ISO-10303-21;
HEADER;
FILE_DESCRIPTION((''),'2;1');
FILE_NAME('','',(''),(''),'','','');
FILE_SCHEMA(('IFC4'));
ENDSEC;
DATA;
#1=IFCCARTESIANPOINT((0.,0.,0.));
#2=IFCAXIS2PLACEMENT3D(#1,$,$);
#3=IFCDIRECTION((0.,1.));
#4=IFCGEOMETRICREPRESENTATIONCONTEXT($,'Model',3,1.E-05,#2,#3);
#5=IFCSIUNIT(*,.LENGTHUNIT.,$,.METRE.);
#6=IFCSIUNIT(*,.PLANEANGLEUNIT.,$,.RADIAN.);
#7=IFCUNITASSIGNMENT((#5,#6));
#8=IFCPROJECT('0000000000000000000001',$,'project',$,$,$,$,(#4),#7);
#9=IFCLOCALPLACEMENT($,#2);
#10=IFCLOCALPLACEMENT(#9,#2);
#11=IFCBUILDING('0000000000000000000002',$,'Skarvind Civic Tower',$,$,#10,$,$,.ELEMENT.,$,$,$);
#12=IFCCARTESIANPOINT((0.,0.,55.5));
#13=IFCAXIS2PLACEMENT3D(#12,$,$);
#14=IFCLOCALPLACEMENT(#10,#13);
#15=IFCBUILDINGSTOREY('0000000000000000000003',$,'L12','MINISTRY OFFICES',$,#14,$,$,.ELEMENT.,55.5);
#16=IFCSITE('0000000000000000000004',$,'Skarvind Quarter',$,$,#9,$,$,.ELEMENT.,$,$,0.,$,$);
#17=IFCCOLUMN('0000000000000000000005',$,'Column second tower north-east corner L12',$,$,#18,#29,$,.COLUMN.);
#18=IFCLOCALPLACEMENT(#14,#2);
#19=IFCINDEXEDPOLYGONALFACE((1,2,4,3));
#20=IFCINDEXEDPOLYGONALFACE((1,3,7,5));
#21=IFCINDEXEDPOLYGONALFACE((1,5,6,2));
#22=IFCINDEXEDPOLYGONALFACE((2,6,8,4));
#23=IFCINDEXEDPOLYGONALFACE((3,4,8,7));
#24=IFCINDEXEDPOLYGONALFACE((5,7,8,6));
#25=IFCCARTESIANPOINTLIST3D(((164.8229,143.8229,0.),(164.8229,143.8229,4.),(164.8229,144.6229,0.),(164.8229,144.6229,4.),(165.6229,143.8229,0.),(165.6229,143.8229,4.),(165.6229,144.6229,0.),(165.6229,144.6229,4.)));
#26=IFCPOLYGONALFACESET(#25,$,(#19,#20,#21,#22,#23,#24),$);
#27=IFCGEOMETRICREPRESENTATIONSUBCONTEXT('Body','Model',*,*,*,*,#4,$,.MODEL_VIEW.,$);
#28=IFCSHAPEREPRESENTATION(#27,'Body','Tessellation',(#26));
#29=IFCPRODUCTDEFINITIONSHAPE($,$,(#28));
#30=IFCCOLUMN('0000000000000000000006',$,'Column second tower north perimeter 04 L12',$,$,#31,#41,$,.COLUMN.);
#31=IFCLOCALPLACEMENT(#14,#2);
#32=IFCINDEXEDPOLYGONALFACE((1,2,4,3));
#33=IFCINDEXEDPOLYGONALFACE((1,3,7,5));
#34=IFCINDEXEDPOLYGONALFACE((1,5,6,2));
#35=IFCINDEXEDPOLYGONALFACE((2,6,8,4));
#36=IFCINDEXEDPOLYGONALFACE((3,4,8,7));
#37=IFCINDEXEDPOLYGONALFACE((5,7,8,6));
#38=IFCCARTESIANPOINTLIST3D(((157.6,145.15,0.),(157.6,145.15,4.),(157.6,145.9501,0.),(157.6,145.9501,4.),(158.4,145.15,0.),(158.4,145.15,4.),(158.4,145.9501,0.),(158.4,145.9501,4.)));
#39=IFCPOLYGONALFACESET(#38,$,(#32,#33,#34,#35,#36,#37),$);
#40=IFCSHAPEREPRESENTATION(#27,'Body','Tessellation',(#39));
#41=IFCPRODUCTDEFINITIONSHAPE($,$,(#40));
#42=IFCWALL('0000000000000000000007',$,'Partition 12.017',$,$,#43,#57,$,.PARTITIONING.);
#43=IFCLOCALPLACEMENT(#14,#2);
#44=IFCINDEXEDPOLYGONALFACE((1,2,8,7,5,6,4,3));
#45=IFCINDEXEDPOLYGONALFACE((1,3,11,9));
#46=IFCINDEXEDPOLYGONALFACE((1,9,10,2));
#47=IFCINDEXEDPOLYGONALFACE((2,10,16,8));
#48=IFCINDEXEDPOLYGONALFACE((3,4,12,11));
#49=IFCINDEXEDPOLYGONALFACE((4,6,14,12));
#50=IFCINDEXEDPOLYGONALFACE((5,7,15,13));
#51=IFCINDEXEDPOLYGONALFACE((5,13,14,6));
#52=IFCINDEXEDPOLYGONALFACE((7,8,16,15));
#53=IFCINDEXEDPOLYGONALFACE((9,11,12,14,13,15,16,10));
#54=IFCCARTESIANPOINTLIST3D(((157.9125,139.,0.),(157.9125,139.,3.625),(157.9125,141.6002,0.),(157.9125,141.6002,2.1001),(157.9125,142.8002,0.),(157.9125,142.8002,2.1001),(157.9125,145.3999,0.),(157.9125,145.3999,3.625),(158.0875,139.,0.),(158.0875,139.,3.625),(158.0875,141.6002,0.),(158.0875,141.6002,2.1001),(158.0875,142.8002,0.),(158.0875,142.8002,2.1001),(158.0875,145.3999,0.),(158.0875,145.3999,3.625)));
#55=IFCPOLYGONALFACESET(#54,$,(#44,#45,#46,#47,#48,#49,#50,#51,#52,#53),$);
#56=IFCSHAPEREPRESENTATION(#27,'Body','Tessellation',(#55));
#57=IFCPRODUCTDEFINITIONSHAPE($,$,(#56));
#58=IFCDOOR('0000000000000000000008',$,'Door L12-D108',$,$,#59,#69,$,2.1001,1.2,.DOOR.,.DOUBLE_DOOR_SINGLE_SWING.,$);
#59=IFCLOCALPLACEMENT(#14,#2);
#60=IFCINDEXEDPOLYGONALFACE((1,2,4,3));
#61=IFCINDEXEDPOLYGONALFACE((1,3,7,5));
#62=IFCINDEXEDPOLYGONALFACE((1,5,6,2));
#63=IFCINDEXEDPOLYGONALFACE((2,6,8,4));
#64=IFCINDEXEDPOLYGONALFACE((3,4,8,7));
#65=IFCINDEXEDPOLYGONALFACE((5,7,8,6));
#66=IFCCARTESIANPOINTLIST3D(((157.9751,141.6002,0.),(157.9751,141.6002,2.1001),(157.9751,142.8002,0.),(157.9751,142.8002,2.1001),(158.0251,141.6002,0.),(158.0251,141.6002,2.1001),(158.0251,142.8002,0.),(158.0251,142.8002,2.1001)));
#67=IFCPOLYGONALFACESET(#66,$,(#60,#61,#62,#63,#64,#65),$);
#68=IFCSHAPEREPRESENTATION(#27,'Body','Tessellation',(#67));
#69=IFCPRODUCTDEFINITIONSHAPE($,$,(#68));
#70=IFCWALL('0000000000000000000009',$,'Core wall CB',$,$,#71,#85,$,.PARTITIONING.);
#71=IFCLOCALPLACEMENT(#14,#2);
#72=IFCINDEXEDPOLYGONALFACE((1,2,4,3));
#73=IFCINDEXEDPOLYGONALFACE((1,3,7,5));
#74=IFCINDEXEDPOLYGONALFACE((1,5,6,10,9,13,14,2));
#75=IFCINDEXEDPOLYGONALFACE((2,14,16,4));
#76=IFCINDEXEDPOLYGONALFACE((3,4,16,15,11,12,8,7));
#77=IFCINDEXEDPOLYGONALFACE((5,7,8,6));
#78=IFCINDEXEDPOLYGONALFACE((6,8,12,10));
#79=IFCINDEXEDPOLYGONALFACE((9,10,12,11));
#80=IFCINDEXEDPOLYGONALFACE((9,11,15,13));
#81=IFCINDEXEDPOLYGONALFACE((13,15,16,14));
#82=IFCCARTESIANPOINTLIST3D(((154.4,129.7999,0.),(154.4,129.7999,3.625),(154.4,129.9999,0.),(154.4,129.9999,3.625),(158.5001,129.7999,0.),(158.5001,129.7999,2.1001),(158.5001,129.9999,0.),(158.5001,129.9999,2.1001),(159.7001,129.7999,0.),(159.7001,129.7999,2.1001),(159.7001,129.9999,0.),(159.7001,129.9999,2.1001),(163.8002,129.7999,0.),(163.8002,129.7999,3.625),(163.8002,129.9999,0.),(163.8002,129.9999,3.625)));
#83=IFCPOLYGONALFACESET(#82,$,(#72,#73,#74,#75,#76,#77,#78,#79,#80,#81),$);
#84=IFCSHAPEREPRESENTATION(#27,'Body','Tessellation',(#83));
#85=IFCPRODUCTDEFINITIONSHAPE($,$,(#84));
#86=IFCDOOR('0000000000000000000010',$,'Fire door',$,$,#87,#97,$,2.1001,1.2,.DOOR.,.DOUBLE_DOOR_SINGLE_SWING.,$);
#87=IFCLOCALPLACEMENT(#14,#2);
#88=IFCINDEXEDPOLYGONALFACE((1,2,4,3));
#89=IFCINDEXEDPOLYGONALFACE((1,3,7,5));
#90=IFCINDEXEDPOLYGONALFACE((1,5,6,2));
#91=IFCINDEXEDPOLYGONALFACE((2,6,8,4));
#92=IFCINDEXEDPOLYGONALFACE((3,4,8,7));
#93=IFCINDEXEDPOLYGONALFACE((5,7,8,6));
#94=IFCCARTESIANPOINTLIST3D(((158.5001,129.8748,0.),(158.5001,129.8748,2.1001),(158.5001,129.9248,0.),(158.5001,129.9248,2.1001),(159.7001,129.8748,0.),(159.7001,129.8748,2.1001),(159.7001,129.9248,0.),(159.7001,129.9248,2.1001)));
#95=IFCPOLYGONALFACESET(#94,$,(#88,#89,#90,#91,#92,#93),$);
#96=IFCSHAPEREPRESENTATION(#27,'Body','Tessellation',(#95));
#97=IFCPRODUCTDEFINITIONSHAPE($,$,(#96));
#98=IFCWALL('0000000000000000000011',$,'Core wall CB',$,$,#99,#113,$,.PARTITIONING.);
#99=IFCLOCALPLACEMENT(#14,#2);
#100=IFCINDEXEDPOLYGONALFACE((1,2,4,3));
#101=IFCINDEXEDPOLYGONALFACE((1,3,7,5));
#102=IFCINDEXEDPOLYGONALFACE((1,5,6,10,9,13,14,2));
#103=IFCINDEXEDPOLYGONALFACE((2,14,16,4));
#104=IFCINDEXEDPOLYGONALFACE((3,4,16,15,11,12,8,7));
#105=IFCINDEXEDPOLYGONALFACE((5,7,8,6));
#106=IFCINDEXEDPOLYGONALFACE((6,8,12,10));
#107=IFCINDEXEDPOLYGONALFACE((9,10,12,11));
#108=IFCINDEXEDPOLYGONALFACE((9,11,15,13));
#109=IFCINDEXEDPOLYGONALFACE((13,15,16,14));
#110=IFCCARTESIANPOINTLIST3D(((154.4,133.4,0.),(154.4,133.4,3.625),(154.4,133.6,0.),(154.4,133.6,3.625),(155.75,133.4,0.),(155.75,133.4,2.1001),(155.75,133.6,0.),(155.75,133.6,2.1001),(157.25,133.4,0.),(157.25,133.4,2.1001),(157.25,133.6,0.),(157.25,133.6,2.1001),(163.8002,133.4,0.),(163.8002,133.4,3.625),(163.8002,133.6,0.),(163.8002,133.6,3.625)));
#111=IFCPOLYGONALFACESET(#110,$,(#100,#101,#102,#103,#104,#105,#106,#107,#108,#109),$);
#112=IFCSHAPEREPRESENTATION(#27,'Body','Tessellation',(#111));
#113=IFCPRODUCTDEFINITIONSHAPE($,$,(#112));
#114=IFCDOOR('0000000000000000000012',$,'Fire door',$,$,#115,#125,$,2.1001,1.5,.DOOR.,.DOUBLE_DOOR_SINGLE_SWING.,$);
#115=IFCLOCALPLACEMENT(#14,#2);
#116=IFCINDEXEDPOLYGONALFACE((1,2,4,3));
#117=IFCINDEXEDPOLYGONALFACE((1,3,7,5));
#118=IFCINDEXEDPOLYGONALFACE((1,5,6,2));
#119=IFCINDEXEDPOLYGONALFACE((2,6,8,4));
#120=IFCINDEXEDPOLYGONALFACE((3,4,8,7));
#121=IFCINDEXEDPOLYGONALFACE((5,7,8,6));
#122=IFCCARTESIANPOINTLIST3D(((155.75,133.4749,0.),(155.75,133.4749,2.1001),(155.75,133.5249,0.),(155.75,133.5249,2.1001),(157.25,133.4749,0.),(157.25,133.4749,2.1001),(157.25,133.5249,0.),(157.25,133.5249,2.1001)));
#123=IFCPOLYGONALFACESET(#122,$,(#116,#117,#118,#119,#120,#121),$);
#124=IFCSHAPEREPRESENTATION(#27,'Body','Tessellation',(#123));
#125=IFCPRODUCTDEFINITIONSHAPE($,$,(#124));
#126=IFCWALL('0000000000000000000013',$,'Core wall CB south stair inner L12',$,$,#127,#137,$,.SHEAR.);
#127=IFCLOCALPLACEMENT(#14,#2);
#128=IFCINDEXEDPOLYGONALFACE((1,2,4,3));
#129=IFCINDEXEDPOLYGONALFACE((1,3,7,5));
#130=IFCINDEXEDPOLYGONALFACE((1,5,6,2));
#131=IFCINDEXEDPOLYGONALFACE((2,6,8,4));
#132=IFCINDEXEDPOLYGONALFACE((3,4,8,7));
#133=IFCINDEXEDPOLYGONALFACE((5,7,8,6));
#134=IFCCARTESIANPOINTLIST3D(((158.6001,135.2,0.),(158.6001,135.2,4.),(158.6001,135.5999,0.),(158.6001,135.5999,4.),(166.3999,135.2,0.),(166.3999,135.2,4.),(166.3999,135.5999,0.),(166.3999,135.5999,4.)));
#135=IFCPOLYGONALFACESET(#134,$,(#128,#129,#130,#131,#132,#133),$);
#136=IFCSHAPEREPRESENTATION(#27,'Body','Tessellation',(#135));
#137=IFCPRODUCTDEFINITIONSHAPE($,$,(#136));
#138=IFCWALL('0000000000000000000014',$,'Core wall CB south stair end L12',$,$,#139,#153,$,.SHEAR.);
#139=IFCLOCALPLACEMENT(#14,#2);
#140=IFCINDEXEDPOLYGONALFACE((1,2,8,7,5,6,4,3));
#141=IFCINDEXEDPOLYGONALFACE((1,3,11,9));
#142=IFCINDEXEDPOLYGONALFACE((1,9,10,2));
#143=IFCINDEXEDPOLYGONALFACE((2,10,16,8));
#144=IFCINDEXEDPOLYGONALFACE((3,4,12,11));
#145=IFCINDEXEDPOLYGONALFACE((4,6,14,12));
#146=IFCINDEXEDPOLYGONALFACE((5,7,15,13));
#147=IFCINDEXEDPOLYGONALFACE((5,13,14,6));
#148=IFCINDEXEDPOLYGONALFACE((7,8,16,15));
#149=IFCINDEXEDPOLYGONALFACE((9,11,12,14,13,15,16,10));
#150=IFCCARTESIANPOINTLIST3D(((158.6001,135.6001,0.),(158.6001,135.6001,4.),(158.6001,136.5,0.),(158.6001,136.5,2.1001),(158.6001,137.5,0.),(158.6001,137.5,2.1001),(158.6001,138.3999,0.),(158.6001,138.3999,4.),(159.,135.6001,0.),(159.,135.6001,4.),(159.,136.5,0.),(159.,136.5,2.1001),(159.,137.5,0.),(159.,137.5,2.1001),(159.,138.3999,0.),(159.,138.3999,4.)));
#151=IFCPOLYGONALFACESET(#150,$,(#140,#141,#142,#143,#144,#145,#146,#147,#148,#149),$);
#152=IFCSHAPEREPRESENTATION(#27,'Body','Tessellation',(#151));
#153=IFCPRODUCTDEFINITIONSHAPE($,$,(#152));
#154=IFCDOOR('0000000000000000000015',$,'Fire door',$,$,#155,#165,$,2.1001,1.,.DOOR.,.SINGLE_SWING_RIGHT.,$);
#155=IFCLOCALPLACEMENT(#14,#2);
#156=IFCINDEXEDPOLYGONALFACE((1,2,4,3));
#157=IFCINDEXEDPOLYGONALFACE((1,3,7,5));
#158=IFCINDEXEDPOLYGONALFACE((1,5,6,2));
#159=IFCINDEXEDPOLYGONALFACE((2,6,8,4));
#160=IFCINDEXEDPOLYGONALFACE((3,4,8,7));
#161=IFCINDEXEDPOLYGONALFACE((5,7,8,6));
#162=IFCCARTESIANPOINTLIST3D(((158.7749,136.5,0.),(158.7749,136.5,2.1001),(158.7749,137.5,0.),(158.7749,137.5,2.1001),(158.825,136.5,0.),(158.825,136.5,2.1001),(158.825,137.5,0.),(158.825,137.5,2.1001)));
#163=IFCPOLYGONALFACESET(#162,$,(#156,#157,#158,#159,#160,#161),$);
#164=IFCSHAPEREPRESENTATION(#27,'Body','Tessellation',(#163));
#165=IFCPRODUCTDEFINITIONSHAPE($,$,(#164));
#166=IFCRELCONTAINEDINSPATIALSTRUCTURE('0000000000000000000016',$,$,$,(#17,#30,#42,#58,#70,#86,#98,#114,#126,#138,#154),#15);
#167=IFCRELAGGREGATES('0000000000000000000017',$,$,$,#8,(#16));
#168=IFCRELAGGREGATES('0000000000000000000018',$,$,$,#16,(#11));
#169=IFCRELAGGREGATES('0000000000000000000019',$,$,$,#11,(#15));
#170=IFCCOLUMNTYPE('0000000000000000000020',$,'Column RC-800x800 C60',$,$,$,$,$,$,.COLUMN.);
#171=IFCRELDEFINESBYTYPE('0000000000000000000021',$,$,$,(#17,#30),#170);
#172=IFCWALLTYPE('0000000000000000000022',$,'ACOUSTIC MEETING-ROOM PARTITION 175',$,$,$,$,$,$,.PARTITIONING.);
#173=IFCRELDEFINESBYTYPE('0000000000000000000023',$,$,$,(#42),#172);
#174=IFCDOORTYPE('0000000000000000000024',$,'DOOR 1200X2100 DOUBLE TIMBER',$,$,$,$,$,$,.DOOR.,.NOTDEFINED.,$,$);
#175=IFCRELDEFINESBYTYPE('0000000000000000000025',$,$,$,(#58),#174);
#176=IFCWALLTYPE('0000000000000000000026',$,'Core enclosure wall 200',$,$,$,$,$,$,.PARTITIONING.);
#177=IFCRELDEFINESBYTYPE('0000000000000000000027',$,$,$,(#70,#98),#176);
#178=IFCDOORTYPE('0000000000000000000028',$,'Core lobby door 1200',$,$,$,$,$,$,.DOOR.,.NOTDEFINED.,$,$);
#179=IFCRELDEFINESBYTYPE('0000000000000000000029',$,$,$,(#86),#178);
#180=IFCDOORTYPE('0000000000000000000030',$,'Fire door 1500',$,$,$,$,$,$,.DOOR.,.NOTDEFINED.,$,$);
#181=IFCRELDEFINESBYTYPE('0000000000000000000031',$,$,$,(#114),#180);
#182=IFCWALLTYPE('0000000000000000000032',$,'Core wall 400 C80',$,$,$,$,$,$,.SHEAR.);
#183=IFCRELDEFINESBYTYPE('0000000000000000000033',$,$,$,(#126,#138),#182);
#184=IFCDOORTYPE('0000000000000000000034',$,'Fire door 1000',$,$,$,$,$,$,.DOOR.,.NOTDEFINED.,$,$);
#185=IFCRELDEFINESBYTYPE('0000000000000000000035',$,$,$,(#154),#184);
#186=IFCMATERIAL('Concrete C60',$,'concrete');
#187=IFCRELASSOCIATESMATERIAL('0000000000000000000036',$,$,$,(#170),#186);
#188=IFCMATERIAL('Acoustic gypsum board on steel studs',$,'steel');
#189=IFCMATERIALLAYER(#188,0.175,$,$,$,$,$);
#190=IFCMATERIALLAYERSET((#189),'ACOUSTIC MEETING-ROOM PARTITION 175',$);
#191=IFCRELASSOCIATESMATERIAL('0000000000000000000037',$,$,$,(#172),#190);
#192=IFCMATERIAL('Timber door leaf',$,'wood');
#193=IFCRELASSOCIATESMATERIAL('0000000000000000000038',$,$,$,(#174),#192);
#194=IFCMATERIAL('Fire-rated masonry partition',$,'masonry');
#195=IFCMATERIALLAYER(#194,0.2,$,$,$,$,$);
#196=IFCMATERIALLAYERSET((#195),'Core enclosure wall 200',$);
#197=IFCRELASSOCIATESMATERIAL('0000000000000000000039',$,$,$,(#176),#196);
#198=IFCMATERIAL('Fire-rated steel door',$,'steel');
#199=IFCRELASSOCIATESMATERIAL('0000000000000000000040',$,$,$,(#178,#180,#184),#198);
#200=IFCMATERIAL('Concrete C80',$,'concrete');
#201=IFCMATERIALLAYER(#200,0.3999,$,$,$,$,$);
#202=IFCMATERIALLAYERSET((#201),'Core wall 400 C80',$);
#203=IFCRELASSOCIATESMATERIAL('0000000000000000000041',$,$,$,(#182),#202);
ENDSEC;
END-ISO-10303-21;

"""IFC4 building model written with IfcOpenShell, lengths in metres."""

from ifc_helpers import new_model, si_unit, direction, frame, frame_2d, origin, origin_2d, place, context, subcontext, project, spatial, rectangle, extrude, material, layer, layer_set, material_profile, profile_set, type_object, element, fill, save


model = new_model("IFC4")

# Units and contexts
model_context = context("Model", 3, precision=1e-05, world=origin(), true_north=direction((0.0, 1.0)))
body_context = subcontext(model_context, "Body", "Model", "MODEL_VIEW")
ifc_project = project(units=[si_unit("LENGTHUNIT", "METRE"), si_unit("PLANEANGLEUNIT", "RADIAN")], contexts=[model_context])

# Site, building, storey
site_placement = place(None, origin())
site = spatial("IfcSite", under=ifc_project, at=site_placement, Name="Skarvind Quarter", CompositionType="ELEMENT", RefElevation=0.0)
building_placement = place(site_placement, origin())
building = spatial("IfcBuilding", under=site, at=building_placement, Name="Skarvind Civic Tower", CompositionType="ELEMENT")
storey_placement = place(building_placement, frame((0.0, 0.0, 55.5)))
storey = spatial("IfcBuildingStorey", under=building, at=storey_placement, Name="L12", Description="MINISTRY OFFICES", CompositionType="ELEMENT", Elevation=55.5)

# Columns
ifc_material_1 = material(Name="Concrete C60", Category="concrete")
ifc_material_profile = material_profile(ifc_material_1, rectangle(XDim=0.8, YDim=0.8, at=origin_2d()), Name="RC-800x800")
ifc_profile_set = profile_set([ifc_material_profile], Name="Concrete C60")
column_type = type_object("IfcColumnType", Name="Column RC-800x800 C60", PredefinedType="COLUMN", material=ifc_profile_set)
for number, where, z_axis, x_axis, name in (
    (1, (165.2229, 144.2229, 0.0), (0.0, 0.0, 1.0), (1.0, 0.0, 0.0), "Column second tower north-east corner L12"),
    (2, (158.0, 145.55, 0.0), (0.0, 0.0, 1.0), (1.0, 0.0, 0.0), "Column second tower north perimeter 04 L12"),
):
    element("IfcColumn", number, at=place(storey_placement, frame(where, z_axis=z_axis, x_axis=x_axis)), inside=storey, type_object=column_type, Name=name, PredefinedType="COLUMN", context=body_context, shape_type="SweptSolid", body=[
        extrude(rectangle(XDim=0.8, YDim=0.8, at=origin_2d()), origin(), (0.0, 0.0, 1.0), 4.0),
    ])

# Walls, openings, doors
ifc_material_2 = material(Name="Acoustic gypsum board on steel studs", Category="steel")
ifc_layer_1 = layer(ifc_material_2, 0.175)
ifc_layer_set_1 = layer_set([ifc_layer_1], Name="ACOUSTIC MEETING-ROOM PARTITION 175")
wall_type_1 = type_object("IfcWallType", Name="ACOUSTIC MEETING-ROOM PARTITION 175", PredefinedType="PARTITIONING", material=ifc_layer_set_1)
wall_1_placement = place(storey_placement, frame((158.0, 139.0, 0.0), z_axis=(0.0, 0.0, 1.0), x_axis=(0.0, 1.0, 0.0)))
wall_1 = element("IfcWall", 3, at=wall_1_placement, inside=storey, type_object=wall_type_1, Name="Partition 12.017", PredefinedType="PARTITIONING", context=body_context, shape_type="SweptSolid", body=[
    extrude(rectangle(XDim=6.3999, YDim=0.175, at=frame_2d((3.2, 0.0))), origin(), (0.0, 0.0, 1.0), 3.625),
])
opening_1_placement = place(wall_1_placement, frame((2.6001, 0.0, 0.0)))
opening_1 = element("IfcOpeningElement", 4, at=opening_1_placement, cuts=wall_1, PredefinedType="OPENING", context=body_context, shape_type="SweptSolid", body=[
    extrude(rectangle(XDim=1.2, YDim=2.1001, at=frame_2d((0.6001, 1.05))), frame((0.0, 0.0974, 0.0), z_axis=(0.0, -1.0, 0.0), x_axis=(1.0, 0.0, 0.0)), (0.0, 0.0, 1.0), 0.1951),
])
ifc_material_3 = material(Name="Timber door leaf", Category="wood")
door_type_1 = type_object("IfcDoorType", Name="DOOR 1200X2100 DOUBLE TIMBER", OperationType="NOTDEFINED", PredefinedType="DOOR", material=ifc_material_3)
door_1_placement = place(opening_1_placement, origin())
door_1 = element("IfcDoor", 5, at=door_1_placement, inside=storey, type_object=door_type_1, Name="Door L12-D108", OperationType="DOUBLE_DOOR_SINGLE_SWING", OverallHeight=2.1001, OverallWidth=1.2, PredefinedType="DOOR", context=body_context, shape_type="SweptSolid", body=[
    extrude(rectangle(XDim=1.2, YDim=2.1001, at=frame_2d((0.6001, 1.05))), frame((0.0, 0.0249, 0.0), z_axis=(0.0, -1.0, 0.0), x_axis=(1.0, 0.0, 0.0)), (0.0, 0.0, 1.0), 0.05),
])
fill(opening_1, door_1)
ifc_material_4 = material(Name="Fire-rated masonry partition", Category="masonry")
ifc_layer_2 = layer(ifc_material_4, 0.2)
ifc_layer_set_2 = layer_set([ifc_layer_2], Name="Core enclosure wall 200")
wall_type_2 = type_object("IfcWallType", Name="Core enclosure wall 200", PredefinedType="PARTITIONING", material=ifc_layer_set_2)
wall_2_placement = place(storey_placement, frame((154.3999, 129.8999, 0.0), z_axis=(0.0, 0.0, 1.0), x_axis=(1.0, 0.0, 0.0)))
wall_2 = element("IfcWall", 6, at=wall_2_placement, inside=storey, type_object=wall_type_2, Name="Core wall CB", PredefinedType="PARTITIONING", context=body_context, shape_type="SweptSolid", body=[
    extrude(rectangle(XDim=9.4001, YDim=0.2, at=frame_2d((4.7002, 0.0))), origin(), (0.0, 0.0, 1.0), 3.625),
])
opening_2_placement = place(wall_2_placement, frame((4.1001, 0.0, 0.0)))
opening_2 = element("IfcOpeningElement", 7, at=opening_2_placement, cuts=wall_2, PredefinedType="OPENING", context=body_context, shape_type="SweptSolid", body=[
    extrude(rectangle(XDim=1.2, YDim=2.1001, at=frame_2d((0.6001, 1.05))), frame((0.0, 0.1099, 0.0), z_axis=(0.0, -1.0, 0.0), x_axis=(1.0, 0.0, 0.0)), (0.0, 0.0, 1.0), 0.22),
])
ifc_material_5 = material(Name="Fire-rated steel door", Category="steel")
door_type_2 = type_object("IfcDoorType", Name="Core lobby door 1200", OperationType="NOTDEFINED", PredefinedType="DOOR", material=ifc_material_5)
door_2_placement = place(opening_2_placement, origin())
door_2 = element("IfcDoor", 8, at=door_2_placement, inside=storey, type_object=door_type_2, Name="Fire door", OperationType="DOUBLE_DOOR_SINGLE_SWING", OverallHeight=2.1001, OverallWidth=1.2, PredefinedType="DOOR", context=body_context, shape_type="SweptSolid", body=[
    extrude(rectangle(XDim=1.2, YDim=2.1001, at=frame_2d((0.6001, 1.05))), frame((0.0, 0.0249, 0.0), z_axis=(0.0, -1.0, 0.0), x_axis=(1.0, 0.0, 0.0)), (0.0, 0.0, 1.0), 0.05),
])
fill(opening_2, door_2)
wall_3_placement = place(storey_placement, frame((154.3999, 133.5, 0.0), z_axis=(0.0, 0.0, 1.0), x_axis=(1.0, 0.0, 0.0)))
wall_3 = element("IfcWall", 9, at=wall_3_placement, inside=storey, type_object=wall_type_2, Name="Core wall CB", PredefinedType="PARTITIONING", context=body_context, shape_type="SweptSolid", body=[
    extrude(rectangle(XDim=9.4001, YDim=0.2, at=frame_2d((4.7002, 0.0))), origin(), (0.0, 0.0, 1.0), 3.625),
])
opening_3_placement = place(wall_3_placement, frame((1.3501, 0.0, 0.0)))
opening_3 = element("IfcOpeningElement", 10, at=opening_3_placement, cuts=wall_3, PredefinedType="OPENING", context=body_context, shape_type="SweptSolid", body=[
    extrude(rectangle(XDim=1.5, YDim=2.1001, at=frame_2d((0.75, 1.05))), frame((0.0, 0.1099, 0.0), z_axis=(0.0, -1.0, 0.0), x_axis=(1.0, 0.0, 0.0)), (0.0, 0.0, 1.0), 0.22),
])
door_type_3 = type_object("IfcDoorType", Name="Fire door 1500", OperationType="NOTDEFINED", PredefinedType="DOOR", material=ifc_material_5)
door_3_placement = place(opening_3_placement, origin())
door_3 = element("IfcDoor", 11, at=door_3_placement, inside=storey, type_object=door_type_3, Name="Fire door", OperationType="DOUBLE_DOOR_SINGLE_SWING", OverallHeight=2.1001, OverallWidth=1.5, PredefinedType="DOOR", context=body_context, shape_type="SweptSolid", body=[
    extrude(rectangle(XDim=1.5, YDim=2.1001, at=frame_2d((0.75, 1.05))), frame((0.0, 0.0249, 0.0), z_axis=(0.0, -1.0, 0.0), x_axis=(1.0, 0.0, 0.0)), (0.0, 0.0, 1.0), 0.05),
])
fill(opening_3, door_3)

# Wall
ifc_material_6 = material(Name="Concrete C80", Category="concrete")
ifc_layer_3 = layer(ifc_material_6, 0.3999)
ifc_layer_set_3 = layer_set([ifc_layer_3], Name="Core wall 400 C80")
wall_type_3 = type_object("IfcWallType", Name="Core wall 400 C80", PredefinedType="SHEAR", material=ifc_layer_set_3)
wall_4_placement = place(storey_placement, frame((166.3999, 135.3999, 0.0), z_axis=(0.0, 0.0, 1.0), x_axis=(-1.0, 0.0, 0.0)))
element("IfcWall", 12, at=wall_4_placement, inside=storey, type_object=wall_type_3, Name="Core wall CB south stair inner L12", PredefinedType="SHEAR", context=body_context, shape_type="SweptSolid", body=[
    extrude(rectangle(XDim=7.7998, YDim=0.3999, at=frame_2d((3.8999, 0.0))), origin(), (0.0, 0.0, 1.0), 4.0),
])

# Wall, opening, door
wall_5_placement = place(storey_placement, frame((158.8, 138.3999, 0.0), z_axis=(0.0, 0.0, 1.0), x_axis=(0.0, -1.0, 0.0)))
wall_5 = element("IfcWall", 13, at=wall_5_placement, inside=storey, type_object=wall_type_3, Name="Core wall CB south stair end L12", PredefinedType="SHEAR", context=body_context, shape_type="SweptSolid", body=[
    extrude(rectangle(XDim=2.7998, YDim=0.3999, at=frame_2d((1.3999, 0.0))), origin(), (0.0, 0.0, 1.0), 4.0),
])
opening_4_placement = place(wall_5_placement, frame((0.8999, 0.0, 0.0)))
opening_4 = element("IfcOpeningElement", 14, at=opening_4_placement, cuts=wall_5, PredefinedType="OPENING", context=body_context, shape_type="SweptSolid", body=[
    extrude(rectangle(XDim=1.0, YDim=2.1001, at=frame_2d((0.5, 1.05))), frame((0.0, 0.21, 0.0), z_axis=(0.0, -1.0, 0.0), x_axis=(1.0, 0.0, 0.0)), (0.0, 0.0, 1.0), 0.4199),
])
door_type_4 = type_object("IfcDoorType", Name="Fire door 1000", OperationType="NOTDEFINED", PredefinedType="DOOR", material=ifc_material_5)
door_4_placement = place(opening_4_placement, origin())
door_4 = element("IfcDoor", 15, at=door_4_placement, inside=storey, type_object=door_type_4, Name="Fire door", OperationType="SINGLE_SWING_RIGHT", OverallHeight=2.1001, OverallWidth=1.0, PredefinedType="DOOR", context=body_context, shape_type="SweptSolid", body=[
    extrude(rectangle(XDim=1.0, YDim=2.1001, at=frame_2d((0.5, 1.05))), frame((0.0, 0.0249, 0.0), z_axis=(0.0, -1.0, 0.0), x_axis=(1.0, 0.0, 0.0)), (0.0, 0.0, 1.0), 0.05),
])
fill(opening_4, door_4)

save(model, "model.ifc")
